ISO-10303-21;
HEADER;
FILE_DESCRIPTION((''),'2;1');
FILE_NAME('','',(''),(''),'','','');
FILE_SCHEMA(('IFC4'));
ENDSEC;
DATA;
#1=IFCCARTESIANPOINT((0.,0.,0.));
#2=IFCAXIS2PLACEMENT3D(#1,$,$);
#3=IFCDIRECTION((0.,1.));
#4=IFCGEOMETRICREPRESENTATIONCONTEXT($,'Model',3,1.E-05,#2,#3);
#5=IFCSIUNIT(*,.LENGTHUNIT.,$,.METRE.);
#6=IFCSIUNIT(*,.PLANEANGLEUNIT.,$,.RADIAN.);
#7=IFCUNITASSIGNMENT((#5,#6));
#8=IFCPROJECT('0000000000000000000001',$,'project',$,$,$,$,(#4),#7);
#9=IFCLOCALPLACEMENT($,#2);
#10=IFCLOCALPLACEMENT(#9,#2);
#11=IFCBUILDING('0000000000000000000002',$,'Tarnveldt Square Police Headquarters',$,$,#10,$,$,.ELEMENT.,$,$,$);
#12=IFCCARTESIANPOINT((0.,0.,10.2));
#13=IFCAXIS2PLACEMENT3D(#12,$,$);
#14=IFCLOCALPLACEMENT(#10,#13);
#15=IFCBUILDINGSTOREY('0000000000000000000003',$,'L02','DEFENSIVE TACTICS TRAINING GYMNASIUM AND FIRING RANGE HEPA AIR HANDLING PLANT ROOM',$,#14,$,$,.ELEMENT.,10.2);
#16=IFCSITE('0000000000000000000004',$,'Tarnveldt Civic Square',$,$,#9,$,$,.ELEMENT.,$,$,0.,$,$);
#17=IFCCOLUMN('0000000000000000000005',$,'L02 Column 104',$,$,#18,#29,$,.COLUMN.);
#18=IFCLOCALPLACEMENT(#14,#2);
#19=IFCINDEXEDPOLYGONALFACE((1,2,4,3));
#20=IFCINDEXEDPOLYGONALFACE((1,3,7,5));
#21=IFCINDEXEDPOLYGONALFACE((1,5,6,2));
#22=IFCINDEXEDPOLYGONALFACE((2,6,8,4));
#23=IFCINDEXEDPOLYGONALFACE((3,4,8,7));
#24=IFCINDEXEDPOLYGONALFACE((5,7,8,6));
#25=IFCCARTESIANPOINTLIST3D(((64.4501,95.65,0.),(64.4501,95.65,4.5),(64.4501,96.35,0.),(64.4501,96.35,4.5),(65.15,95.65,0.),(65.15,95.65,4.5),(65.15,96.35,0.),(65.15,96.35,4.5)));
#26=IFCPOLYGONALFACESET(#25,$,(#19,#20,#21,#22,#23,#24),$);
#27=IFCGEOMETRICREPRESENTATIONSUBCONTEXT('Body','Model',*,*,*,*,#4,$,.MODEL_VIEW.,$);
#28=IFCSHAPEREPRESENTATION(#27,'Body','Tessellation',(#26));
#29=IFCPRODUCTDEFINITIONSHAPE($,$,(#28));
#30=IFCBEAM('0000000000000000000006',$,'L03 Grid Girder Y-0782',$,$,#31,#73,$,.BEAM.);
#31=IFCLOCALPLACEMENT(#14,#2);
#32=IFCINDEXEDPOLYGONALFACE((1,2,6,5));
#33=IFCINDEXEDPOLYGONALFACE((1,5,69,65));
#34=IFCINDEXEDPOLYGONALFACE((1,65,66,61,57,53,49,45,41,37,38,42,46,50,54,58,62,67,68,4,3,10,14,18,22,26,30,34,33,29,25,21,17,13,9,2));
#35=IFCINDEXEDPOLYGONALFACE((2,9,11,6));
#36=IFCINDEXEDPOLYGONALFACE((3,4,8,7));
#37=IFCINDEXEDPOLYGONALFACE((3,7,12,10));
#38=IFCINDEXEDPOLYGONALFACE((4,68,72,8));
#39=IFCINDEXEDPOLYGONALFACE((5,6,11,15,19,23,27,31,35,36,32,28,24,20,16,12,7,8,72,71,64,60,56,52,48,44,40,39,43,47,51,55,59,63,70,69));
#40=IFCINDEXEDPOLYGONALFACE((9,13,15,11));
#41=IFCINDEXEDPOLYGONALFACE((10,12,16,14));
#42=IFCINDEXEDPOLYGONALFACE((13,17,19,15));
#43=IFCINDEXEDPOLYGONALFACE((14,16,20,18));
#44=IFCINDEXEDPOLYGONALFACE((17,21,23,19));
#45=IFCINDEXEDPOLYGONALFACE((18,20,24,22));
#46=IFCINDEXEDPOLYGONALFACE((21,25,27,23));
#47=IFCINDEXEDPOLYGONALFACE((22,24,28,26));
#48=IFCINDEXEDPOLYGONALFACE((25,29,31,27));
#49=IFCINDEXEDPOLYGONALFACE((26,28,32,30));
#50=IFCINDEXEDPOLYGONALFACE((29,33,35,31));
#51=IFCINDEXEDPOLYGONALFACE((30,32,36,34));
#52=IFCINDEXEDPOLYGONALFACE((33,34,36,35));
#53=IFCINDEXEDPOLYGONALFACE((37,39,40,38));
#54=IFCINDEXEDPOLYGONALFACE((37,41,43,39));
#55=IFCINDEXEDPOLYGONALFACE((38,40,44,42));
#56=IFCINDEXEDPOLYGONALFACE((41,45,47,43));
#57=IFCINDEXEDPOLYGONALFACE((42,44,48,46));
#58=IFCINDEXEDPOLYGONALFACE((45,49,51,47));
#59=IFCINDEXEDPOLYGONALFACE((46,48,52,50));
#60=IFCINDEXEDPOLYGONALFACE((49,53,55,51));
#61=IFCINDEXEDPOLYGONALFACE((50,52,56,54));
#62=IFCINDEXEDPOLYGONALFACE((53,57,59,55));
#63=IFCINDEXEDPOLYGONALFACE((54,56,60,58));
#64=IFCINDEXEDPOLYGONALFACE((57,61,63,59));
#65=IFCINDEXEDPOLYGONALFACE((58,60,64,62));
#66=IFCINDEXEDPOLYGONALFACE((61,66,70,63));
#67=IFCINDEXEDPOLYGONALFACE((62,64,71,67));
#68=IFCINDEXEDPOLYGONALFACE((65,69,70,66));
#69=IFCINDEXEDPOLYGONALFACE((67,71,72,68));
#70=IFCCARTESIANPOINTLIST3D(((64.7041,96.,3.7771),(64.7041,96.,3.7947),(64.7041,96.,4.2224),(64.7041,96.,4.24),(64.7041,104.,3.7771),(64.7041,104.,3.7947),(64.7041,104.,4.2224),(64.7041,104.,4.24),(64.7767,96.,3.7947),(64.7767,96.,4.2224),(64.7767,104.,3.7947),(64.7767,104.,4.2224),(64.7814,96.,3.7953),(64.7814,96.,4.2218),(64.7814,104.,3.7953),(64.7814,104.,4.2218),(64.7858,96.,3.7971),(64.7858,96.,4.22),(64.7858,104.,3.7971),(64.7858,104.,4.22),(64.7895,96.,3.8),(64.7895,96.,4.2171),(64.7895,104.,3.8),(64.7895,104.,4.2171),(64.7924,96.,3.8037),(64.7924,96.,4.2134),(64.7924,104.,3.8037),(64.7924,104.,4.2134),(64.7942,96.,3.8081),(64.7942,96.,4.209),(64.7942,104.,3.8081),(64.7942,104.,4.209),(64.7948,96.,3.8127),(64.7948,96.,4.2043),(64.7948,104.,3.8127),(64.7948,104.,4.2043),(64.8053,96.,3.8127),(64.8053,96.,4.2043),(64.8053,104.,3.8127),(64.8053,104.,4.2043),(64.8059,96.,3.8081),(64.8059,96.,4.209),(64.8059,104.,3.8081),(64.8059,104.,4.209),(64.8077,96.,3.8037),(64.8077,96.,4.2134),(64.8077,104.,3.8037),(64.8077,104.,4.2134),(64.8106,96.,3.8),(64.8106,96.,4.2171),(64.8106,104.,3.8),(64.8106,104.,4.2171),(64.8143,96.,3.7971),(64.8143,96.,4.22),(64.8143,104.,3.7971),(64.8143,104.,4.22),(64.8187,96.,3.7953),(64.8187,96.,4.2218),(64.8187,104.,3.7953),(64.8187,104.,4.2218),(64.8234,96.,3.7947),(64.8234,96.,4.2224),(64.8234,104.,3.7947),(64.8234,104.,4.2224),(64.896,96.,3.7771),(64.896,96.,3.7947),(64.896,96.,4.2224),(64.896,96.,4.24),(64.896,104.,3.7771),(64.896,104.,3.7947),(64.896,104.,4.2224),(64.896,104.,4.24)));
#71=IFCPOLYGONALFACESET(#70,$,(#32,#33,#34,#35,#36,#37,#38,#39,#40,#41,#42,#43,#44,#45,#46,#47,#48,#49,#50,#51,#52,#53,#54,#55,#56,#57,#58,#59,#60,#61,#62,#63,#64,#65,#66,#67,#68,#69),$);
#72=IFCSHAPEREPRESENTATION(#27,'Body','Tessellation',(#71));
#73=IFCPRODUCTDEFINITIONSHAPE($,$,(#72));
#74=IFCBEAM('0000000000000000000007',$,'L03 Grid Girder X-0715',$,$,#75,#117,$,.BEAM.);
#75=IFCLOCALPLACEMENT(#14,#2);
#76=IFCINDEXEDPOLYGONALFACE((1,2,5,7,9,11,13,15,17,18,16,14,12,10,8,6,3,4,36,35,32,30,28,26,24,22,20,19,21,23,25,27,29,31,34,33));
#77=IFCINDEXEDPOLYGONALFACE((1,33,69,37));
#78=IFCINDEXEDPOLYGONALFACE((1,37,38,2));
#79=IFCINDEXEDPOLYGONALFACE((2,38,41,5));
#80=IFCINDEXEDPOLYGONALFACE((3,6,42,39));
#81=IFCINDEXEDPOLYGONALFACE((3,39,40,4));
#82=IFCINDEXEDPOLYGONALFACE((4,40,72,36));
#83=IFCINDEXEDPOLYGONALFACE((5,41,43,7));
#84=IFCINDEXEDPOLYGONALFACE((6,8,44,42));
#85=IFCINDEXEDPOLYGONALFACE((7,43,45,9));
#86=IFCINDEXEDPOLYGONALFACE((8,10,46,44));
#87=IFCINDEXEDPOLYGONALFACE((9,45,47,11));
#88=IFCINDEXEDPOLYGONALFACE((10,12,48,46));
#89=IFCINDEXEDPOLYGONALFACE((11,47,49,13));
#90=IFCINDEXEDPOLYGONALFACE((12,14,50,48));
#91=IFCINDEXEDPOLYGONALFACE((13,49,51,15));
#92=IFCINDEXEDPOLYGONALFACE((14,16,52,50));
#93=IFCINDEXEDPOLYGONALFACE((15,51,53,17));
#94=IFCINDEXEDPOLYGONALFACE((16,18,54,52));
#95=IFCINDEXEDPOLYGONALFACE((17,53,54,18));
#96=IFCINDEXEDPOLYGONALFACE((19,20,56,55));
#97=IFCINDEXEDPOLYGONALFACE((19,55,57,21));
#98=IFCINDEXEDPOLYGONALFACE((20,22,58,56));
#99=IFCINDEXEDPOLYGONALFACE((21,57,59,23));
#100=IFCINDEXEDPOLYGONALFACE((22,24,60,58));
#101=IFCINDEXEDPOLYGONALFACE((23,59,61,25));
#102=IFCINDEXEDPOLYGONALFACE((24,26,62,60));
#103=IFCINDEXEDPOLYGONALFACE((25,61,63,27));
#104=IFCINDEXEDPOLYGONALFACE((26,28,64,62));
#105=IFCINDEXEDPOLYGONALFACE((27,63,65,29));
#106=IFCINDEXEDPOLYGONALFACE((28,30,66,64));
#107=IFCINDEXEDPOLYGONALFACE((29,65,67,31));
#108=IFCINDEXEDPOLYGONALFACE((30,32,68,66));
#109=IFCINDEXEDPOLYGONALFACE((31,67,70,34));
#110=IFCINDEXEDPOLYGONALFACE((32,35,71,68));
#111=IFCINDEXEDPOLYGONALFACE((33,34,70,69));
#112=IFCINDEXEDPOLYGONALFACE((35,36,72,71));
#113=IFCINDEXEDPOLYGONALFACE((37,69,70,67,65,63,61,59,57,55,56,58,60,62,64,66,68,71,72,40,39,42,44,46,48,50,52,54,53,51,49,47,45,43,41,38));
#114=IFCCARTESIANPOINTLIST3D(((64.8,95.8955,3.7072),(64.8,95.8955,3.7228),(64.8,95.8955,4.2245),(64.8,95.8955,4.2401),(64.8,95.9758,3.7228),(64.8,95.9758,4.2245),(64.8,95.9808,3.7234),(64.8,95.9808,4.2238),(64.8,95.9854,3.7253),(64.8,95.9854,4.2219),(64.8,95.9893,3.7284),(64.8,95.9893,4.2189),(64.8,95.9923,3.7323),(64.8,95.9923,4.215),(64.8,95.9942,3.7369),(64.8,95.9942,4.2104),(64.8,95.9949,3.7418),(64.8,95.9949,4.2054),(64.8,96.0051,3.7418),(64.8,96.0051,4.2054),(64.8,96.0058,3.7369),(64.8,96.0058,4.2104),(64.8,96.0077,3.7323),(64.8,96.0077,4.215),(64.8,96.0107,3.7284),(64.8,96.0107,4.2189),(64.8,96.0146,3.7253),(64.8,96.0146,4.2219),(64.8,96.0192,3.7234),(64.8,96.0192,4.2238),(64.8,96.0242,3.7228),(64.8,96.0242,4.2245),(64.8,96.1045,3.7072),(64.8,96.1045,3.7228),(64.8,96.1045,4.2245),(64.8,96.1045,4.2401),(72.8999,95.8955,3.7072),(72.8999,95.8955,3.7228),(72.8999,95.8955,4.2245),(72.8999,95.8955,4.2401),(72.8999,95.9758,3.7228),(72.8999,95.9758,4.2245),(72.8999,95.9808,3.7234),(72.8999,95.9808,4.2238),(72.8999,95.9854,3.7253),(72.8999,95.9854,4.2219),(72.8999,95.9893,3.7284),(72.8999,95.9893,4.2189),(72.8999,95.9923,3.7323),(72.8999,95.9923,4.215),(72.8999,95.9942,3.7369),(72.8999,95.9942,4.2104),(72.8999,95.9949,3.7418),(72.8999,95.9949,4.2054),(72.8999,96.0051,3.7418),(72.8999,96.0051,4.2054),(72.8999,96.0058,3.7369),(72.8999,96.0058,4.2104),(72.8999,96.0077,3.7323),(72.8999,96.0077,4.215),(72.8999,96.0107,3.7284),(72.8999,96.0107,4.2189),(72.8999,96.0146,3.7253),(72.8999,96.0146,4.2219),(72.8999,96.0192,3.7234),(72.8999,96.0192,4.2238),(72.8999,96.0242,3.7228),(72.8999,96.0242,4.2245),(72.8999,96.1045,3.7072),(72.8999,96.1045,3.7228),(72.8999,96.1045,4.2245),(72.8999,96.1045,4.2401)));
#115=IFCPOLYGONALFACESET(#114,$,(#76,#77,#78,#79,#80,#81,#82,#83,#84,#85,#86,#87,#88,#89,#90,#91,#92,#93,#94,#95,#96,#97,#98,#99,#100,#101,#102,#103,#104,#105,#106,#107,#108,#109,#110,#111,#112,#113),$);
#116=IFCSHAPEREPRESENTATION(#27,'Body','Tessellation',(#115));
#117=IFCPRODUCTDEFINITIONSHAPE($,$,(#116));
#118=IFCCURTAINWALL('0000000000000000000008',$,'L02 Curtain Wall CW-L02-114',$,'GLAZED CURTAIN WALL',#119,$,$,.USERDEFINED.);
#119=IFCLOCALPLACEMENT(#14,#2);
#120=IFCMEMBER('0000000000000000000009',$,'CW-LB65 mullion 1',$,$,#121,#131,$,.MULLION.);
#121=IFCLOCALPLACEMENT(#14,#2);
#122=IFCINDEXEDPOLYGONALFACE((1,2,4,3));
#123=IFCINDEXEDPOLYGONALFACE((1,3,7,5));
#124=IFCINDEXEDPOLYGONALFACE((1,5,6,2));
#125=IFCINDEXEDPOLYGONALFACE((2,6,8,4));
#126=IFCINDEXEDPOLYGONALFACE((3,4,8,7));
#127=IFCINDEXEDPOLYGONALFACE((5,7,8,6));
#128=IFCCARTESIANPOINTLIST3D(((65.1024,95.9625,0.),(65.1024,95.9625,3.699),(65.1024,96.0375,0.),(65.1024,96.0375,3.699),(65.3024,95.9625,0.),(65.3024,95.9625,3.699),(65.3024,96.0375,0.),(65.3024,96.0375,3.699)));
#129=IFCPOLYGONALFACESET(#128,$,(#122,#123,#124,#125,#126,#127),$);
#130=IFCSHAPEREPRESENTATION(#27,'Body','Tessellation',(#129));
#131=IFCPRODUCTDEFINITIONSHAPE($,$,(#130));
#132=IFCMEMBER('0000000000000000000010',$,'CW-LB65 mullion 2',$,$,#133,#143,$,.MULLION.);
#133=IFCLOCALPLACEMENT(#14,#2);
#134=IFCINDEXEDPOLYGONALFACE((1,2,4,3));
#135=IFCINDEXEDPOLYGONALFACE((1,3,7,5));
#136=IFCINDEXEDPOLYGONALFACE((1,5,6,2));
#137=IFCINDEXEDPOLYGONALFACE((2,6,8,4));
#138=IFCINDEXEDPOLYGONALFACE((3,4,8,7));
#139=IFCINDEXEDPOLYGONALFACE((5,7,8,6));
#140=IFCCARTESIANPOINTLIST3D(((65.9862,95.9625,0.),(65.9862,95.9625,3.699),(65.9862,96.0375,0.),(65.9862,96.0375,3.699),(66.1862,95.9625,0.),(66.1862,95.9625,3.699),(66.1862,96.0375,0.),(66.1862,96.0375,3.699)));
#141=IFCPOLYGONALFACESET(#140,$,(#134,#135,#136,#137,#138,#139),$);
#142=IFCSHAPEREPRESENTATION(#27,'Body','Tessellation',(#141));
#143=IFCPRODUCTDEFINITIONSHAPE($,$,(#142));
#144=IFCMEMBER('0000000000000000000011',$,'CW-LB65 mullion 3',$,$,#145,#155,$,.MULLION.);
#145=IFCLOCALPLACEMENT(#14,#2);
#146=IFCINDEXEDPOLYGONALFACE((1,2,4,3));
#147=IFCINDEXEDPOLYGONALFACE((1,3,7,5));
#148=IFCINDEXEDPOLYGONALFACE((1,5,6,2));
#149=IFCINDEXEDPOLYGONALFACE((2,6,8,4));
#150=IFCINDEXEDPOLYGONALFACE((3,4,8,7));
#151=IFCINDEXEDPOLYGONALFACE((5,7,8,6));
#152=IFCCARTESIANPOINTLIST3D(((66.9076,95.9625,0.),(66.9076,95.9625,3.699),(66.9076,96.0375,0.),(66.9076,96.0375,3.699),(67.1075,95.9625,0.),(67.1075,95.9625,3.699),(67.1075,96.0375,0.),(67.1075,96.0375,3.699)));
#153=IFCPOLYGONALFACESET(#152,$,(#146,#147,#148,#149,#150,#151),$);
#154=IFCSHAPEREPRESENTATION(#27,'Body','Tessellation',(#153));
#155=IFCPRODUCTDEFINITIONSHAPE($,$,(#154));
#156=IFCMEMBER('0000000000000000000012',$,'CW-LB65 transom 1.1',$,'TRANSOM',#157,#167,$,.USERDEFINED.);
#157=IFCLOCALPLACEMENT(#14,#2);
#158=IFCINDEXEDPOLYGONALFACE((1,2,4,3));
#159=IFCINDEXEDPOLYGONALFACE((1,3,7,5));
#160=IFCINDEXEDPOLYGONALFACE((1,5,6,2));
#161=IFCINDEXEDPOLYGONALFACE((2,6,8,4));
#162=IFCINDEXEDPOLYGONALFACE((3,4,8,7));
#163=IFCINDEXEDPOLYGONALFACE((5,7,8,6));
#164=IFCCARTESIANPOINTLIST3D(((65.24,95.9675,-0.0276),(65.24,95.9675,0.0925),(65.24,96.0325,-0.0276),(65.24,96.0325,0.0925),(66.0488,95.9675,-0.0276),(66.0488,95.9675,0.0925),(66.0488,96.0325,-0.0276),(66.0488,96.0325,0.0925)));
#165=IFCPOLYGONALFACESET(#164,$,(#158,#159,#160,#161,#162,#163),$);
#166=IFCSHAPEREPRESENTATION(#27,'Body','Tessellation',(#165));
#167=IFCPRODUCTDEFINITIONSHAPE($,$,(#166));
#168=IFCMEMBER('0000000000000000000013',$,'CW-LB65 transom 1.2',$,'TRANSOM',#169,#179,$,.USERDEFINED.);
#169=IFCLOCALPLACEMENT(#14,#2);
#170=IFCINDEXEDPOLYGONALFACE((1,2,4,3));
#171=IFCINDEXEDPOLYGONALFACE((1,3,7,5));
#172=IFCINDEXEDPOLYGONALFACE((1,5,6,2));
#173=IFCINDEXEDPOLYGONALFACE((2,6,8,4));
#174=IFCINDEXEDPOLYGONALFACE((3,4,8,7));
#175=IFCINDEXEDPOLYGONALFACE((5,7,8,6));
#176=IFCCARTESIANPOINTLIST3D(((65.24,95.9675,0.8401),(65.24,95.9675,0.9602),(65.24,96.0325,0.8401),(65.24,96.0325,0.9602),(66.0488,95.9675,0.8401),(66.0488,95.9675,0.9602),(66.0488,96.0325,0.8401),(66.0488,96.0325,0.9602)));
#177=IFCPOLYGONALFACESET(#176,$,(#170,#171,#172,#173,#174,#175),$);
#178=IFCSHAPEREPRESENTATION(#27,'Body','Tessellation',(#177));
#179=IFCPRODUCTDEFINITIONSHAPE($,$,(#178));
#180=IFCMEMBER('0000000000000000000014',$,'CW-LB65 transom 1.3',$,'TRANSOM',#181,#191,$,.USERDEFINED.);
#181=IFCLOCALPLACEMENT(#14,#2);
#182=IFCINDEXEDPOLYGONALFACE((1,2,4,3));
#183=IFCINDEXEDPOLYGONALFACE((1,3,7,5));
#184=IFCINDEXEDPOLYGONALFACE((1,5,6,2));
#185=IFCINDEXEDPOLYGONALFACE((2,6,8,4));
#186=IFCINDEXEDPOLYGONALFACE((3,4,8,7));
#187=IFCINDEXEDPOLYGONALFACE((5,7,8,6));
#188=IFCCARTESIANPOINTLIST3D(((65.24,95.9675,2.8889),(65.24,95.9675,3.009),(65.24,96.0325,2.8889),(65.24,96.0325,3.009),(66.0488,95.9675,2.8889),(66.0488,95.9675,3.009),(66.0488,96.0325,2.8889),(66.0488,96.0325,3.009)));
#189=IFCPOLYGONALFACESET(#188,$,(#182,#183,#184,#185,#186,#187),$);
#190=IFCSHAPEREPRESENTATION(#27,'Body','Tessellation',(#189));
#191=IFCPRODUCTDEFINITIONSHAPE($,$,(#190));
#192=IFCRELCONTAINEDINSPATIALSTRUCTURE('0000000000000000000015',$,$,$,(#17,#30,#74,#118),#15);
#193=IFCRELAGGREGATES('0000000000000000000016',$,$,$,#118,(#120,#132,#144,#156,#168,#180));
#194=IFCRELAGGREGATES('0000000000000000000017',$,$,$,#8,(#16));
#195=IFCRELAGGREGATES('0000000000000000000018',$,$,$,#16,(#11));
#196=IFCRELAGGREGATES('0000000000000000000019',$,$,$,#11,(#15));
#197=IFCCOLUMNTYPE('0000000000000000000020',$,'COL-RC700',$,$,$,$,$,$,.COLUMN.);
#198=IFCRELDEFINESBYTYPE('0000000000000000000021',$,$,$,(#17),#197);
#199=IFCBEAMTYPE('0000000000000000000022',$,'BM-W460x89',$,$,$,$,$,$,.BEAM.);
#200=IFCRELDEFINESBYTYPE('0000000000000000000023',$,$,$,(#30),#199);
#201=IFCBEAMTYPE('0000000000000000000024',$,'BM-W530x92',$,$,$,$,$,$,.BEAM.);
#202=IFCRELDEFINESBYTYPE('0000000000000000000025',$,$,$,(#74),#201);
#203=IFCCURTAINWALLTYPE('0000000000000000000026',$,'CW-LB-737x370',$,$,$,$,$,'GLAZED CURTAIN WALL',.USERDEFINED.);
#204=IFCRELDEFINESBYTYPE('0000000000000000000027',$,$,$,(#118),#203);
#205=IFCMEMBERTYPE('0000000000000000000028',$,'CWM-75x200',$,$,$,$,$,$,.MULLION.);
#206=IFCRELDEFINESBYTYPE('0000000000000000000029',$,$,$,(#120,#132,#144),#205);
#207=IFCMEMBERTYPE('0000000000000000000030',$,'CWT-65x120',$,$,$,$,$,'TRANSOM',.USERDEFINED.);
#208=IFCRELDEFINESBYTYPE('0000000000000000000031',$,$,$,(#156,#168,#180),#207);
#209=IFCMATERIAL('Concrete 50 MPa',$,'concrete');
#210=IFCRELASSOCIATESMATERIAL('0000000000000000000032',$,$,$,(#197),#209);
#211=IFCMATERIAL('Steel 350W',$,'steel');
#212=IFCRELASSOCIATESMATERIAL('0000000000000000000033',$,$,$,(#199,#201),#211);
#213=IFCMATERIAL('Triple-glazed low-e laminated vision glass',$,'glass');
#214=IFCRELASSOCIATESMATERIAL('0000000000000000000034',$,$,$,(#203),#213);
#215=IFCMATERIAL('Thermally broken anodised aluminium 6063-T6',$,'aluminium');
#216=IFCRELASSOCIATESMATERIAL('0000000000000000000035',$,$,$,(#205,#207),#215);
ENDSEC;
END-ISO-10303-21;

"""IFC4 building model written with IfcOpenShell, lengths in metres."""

from ifc_helpers import new_model, si_unit, direction, frame, origin, origin_2d, place, context, subcontext, project, spatial, rectangle, i_section, extrude, material, material_profile, profile_set, type_object, element, aggregate, save


model = new_model("IFC4")

# Units and contexts
model_context = context("Model", 3, precision=1e-05, world=origin(), true_north=direction((0.0, 1.0)))
body_context = subcontext(model_context, "Body", "Model", "MODEL_VIEW")
ifc_project = project(units=[si_unit("LENGTHUNIT", "METRE"), si_unit("PLANEANGLEUNIT", "RADIAN")], contexts=[model_context])

# Site, building, storey
site_placement = place(None, origin())
site = spatial("IfcSite", under=ifc_project, at=site_placement, Name="Tarnveldt Civic Square", CompositionType="ELEMENT", RefElevation=0.0)
building_placement = place(site_placement, origin())
building = spatial("IfcBuilding", under=site, at=building_placement, Name="Tarnveldt Square Police Headquarters", CompositionType="ELEMENT")
storey_placement = place(building_placement, frame((0.0, 0.0, 10.2)))
storey = spatial("IfcBuildingStorey", under=building, at=storey_placement, Name="L02", Description="DEFENSIVE TACTICS TRAINING GYMNASIUM AND FIRING RANGE HEPA AIR HANDLING PLANT ROOM", CompositionType="ELEMENT", Elevation=10.2)

# Column
ifc_material_1 = material(Name="Concrete 50 MPa", Category="concrete")
ifc_material_profile_1 = material_profile(ifc_material_1, rectangle(XDim=0.7, YDim=0.7, at=origin_2d()), Name="RC-C700x700")
ifc_profile_set_1 = profile_set([ifc_material_profile_1], Name="Concrete 50 MPa")
column_type = type_object("IfcColumnType", Name="COL-RC700", PredefinedType="COLUMN", material=ifc_profile_set_1)
column_placement = place(storey_placement, frame((64.8, 96.0, 0.0), z_axis=(0.0, 0.0, 1.0), x_axis=(1.0, 0.0, 0.0)))
element("IfcColumn", 1, at=column_placement, inside=storey, type_object=column_type, Name="L02 Column 104", PredefinedType="COLUMN", context=body_context, shape_type="SweptSolid", body=[
    extrude(rectangle(XDim=0.7, YDim=0.7, at=origin_2d()), origin(), (0.0, 0.0, 1.0), 4.5),
])

# Beams
ifc_material_2 = material(Name="Steel 350W", Category="steel")
ifc_material_profile_2 = material_profile(ifc_material_2, i_section(OverallWidth=0.1919, OverallDepth=0.4629, WebThickness=0.0105, FlangeThickness=0.0176, FilletRadius=0.0181, at=origin_2d()), Name="W460x89")
ifc_profile_set_2 = profile_set([ifc_material_profile_2], Name="Steel 350W")
beam_type_1 = type_object("IfcBeamType", Name="BM-W460x89", PredefinedType="BEAM", material=ifc_profile_set_2)
beam_1_placement = place(storey_placement, frame((64.8, 96.0, 4.0085), z_axis=(0.0, 1.0, 0.0), x_axis=(-1.0, 0.0, 0.0)))
element("IfcBeam", 2, at=beam_1_placement, inside=storey, type_object=beam_type_1, Name="L03 Grid Girder Y-0782", PredefinedType="BEAM", context=body_context, shape_type="SweptSolid", body=[
    extrude(i_section(OverallWidth=0.1919, OverallDepth=0.4629, WebThickness=0.0105, FlangeThickness=0.0176, FilletRadius=0.0181, at=origin_2d()), origin(), (0.0, 0.0, 1.0), 8.0),
])
ifc_material_profile_3 = material_profile(ifc_material_2, i_section(OverallWidth=0.209, OverallDepth=0.533, WebThickness=0.0103, FlangeThickness=0.0156, FilletRadius=0.019, at=origin_2d()), Name="W530x92")
ifc_profile_set_3 = profile_set([ifc_material_profile_3], Name="Steel 350W")
beam_type_2 = type_object("IfcBeamType", Name="BM-W530x92", PredefinedType="BEAM", material=ifc_profile_set_3)
beam_2_placement = place(storey_placement, frame((64.8, 96.0, 3.9736), z_axis=(1.0, 0.0, 0.0), x_axis=(0.0, 1.0, 0.0)))
element("IfcBeam", 3, at=beam_2_placement, inside=storey, type_object=beam_type_2, Name="L03 Grid Girder X-0715", PredefinedType="BEAM", context=body_context, shape_type="SweptSolid", body=[
    extrude(i_section(OverallWidth=0.209, OverallDepth=0.533, WebThickness=0.0103, FlangeThickness=0.0156, FilletRadius=0.019, at=origin_2d()), origin(), (0.0, 0.0, 1.0), 8.0999),
])

# Curtain wall, members
ifc_material_3 = material(Name="Triple-glazed low-e laminated vision glass", Category="glass")
curtain_wall_type = type_object("IfcCurtainWallType", Name="CW-LB-737x370", ElementType="GLAZED CURTAIN WALL", PredefinedType="USERDEFINED", material=ifc_material_3)
curtain_wall_placement = place(storey_placement, origin())
curtain_wall = element("IfcCurtainWall", 4, at=curtain_wall_placement, inside=storey, type_object=curtain_wall_type, Name="L02 Curtain Wall CW-L02-114", ObjectType="GLAZED CURTAIN WALL", PredefinedType="USERDEFINED")
ifc_material_4 = material(Name="Thermally broken anodised aluminium 6063-T6", Category="aluminium")
ifc_material_profile_4 = material_profile(ifc_material_4, rectangle(XDim=0.075, YDim=0.2, at=origin_2d()), Name="CW-M75x200")
ifc_profile_set_4 = profile_set([ifc_material_profile_4], Name="Thermally broken anodised aluminium 6063-T6")
member_type_1 = type_object("IfcMemberType", Name="CWM-75x200", PredefinedType="MULLION", material=ifc_profile_set_4)
member_1_placement = place(storey_placement, frame((65.2024, 96.0, 0.0), z_axis=(0.0, 0.0, 1.0), x_axis=(0.0, 1.0, 0.0)))
member_1 = element("IfcMember", 5, at=member_1_placement, type_object=member_type_1, Name="CW-LB65 mullion 1", PredefinedType="MULLION", context=body_context, shape_type="SweptSolid", body=[
    extrude(rectangle(XDim=0.075, YDim=0.2, at=origin_2d()), origin(), (0.0, 0.0, 1.0), 3.699),
])
member_2_placement = place(storey_placement, frame((66.0862, 96.0, 0.0), z_axis=(0.0, 0.0, 1.0), x_axis=(0.0, 1.0, 0.0)))
member_2 = element("IfcMember", 6, at=member_2_placement, type_object=member_type_1, Name="CW-LB65 mullion 2", PredefinedType="MULLION", context=body_context, shape_type="SweptSolid", body=[
    extrude(rectangle(XDim=0.075, YDim=0.2, at=origin_2d()), origin(), (0.0, 0.0, 1.0), 3.699),
])
member_3_placement = place(storey_placement, frame((67.0076, 96.0, 0.0), z_axis=(0.0, 0.0, 1.0), x_axis=(0.0, 1.0, 0.0)))
member_3 = element("IfcMember", 7, at=member_3_placement, type_object=member_type_1, Name="CW-LB65 mullion 3", PredefinedType="MULLION", context=body_context, shape_type="SweptSolid", body=[
    extrude(rectangle(XDim=0.075, YDim=0.2, at=origin_2d()), origin(), (0.0, 0.0, 1.0), 3.699),
])
ifc_material_profile_5 = material_profile(ifc_material_4, rectangle(XDim=0.0649, YDim=0.1201, at=origin_2d()), Name="CW-T65x120")
ifc_profile_set_5 = profile_set([ifc_material_profile_5], Name="Thermally broken anodised aluminium 6063-T6")
member_type_2 = type_object("IfcMemberType", Name="CWT-65x120", ElementType="TRANSOM", PredefinedType="USERDEFINED", material=ifc_profile_set_5)
member_4_placement = place(storey_placement, frame((65.24, 96.0, 0.0325), z_axis=(1.0, 0.0, 0.0), x_axis=(0.0, 1.0, 0.0)))
member_4 = element("IfcMember", 8, at=member_4_placement, type_object=member_type_2, Name="CW-LB65 transom 1.1", ObjectType="TRANSOM", PredefinedType="USERDEFINED", context=body_context, shape_type="SweptSolid", body=[
    extrude(rectangle(XDim=0.0649, YDim=0.1201, at=origin_2d()), origin(), (0.0, 0.0, 1.0), 0.8088),
])
member_5_placement = place(storey_placement, frame((65.24, 96.0, 0.9001), z_axis=(1.0, 0.0, 0.0), x_axis=(0.0, 1.0, 0.0)))
member_5 = element("IfcMember", 9, at=member_5_placement, type_object=member_type_2, Name="CW-LB65 transom 1.2", ObjectType="TRANSOM", PredefinedType="USERDEFINED", context=body_context, shape_type="SweptSolid", body=[
    extrude(rectangle(XDim=0.0649, YDim=0.1201, at=origin_2d()), origin(), (0.0, 0.0, 1.0), 0.8088),
])
member_6_placement = place(storey_placement, frame((65.24, 96.0, 2.949), z_axis=(1.0, 0.0, 0.0), x_axis=(0.0, 1.0, 0.0)))
member_6 = element("IfcMember", 10, at=member_6_placement, type_object=member_type_2, Name="CW-LB65 transom 1.3", ObjectType="TRANSOM", PredefinedType="USERDEFINED", context=body_context, shape_type="SweptSolid", body=[
    extrude(rectangle(XDim=0.0649, YDim=0.1201, at=origin_2d()), origin(), (0.0, 0.0, 1.0), 0.8088),
])
aggregate(curtain_wall, [member_1, member_2, member_3, member_4, member_5, member_6])

save(model, "model.ifc")
